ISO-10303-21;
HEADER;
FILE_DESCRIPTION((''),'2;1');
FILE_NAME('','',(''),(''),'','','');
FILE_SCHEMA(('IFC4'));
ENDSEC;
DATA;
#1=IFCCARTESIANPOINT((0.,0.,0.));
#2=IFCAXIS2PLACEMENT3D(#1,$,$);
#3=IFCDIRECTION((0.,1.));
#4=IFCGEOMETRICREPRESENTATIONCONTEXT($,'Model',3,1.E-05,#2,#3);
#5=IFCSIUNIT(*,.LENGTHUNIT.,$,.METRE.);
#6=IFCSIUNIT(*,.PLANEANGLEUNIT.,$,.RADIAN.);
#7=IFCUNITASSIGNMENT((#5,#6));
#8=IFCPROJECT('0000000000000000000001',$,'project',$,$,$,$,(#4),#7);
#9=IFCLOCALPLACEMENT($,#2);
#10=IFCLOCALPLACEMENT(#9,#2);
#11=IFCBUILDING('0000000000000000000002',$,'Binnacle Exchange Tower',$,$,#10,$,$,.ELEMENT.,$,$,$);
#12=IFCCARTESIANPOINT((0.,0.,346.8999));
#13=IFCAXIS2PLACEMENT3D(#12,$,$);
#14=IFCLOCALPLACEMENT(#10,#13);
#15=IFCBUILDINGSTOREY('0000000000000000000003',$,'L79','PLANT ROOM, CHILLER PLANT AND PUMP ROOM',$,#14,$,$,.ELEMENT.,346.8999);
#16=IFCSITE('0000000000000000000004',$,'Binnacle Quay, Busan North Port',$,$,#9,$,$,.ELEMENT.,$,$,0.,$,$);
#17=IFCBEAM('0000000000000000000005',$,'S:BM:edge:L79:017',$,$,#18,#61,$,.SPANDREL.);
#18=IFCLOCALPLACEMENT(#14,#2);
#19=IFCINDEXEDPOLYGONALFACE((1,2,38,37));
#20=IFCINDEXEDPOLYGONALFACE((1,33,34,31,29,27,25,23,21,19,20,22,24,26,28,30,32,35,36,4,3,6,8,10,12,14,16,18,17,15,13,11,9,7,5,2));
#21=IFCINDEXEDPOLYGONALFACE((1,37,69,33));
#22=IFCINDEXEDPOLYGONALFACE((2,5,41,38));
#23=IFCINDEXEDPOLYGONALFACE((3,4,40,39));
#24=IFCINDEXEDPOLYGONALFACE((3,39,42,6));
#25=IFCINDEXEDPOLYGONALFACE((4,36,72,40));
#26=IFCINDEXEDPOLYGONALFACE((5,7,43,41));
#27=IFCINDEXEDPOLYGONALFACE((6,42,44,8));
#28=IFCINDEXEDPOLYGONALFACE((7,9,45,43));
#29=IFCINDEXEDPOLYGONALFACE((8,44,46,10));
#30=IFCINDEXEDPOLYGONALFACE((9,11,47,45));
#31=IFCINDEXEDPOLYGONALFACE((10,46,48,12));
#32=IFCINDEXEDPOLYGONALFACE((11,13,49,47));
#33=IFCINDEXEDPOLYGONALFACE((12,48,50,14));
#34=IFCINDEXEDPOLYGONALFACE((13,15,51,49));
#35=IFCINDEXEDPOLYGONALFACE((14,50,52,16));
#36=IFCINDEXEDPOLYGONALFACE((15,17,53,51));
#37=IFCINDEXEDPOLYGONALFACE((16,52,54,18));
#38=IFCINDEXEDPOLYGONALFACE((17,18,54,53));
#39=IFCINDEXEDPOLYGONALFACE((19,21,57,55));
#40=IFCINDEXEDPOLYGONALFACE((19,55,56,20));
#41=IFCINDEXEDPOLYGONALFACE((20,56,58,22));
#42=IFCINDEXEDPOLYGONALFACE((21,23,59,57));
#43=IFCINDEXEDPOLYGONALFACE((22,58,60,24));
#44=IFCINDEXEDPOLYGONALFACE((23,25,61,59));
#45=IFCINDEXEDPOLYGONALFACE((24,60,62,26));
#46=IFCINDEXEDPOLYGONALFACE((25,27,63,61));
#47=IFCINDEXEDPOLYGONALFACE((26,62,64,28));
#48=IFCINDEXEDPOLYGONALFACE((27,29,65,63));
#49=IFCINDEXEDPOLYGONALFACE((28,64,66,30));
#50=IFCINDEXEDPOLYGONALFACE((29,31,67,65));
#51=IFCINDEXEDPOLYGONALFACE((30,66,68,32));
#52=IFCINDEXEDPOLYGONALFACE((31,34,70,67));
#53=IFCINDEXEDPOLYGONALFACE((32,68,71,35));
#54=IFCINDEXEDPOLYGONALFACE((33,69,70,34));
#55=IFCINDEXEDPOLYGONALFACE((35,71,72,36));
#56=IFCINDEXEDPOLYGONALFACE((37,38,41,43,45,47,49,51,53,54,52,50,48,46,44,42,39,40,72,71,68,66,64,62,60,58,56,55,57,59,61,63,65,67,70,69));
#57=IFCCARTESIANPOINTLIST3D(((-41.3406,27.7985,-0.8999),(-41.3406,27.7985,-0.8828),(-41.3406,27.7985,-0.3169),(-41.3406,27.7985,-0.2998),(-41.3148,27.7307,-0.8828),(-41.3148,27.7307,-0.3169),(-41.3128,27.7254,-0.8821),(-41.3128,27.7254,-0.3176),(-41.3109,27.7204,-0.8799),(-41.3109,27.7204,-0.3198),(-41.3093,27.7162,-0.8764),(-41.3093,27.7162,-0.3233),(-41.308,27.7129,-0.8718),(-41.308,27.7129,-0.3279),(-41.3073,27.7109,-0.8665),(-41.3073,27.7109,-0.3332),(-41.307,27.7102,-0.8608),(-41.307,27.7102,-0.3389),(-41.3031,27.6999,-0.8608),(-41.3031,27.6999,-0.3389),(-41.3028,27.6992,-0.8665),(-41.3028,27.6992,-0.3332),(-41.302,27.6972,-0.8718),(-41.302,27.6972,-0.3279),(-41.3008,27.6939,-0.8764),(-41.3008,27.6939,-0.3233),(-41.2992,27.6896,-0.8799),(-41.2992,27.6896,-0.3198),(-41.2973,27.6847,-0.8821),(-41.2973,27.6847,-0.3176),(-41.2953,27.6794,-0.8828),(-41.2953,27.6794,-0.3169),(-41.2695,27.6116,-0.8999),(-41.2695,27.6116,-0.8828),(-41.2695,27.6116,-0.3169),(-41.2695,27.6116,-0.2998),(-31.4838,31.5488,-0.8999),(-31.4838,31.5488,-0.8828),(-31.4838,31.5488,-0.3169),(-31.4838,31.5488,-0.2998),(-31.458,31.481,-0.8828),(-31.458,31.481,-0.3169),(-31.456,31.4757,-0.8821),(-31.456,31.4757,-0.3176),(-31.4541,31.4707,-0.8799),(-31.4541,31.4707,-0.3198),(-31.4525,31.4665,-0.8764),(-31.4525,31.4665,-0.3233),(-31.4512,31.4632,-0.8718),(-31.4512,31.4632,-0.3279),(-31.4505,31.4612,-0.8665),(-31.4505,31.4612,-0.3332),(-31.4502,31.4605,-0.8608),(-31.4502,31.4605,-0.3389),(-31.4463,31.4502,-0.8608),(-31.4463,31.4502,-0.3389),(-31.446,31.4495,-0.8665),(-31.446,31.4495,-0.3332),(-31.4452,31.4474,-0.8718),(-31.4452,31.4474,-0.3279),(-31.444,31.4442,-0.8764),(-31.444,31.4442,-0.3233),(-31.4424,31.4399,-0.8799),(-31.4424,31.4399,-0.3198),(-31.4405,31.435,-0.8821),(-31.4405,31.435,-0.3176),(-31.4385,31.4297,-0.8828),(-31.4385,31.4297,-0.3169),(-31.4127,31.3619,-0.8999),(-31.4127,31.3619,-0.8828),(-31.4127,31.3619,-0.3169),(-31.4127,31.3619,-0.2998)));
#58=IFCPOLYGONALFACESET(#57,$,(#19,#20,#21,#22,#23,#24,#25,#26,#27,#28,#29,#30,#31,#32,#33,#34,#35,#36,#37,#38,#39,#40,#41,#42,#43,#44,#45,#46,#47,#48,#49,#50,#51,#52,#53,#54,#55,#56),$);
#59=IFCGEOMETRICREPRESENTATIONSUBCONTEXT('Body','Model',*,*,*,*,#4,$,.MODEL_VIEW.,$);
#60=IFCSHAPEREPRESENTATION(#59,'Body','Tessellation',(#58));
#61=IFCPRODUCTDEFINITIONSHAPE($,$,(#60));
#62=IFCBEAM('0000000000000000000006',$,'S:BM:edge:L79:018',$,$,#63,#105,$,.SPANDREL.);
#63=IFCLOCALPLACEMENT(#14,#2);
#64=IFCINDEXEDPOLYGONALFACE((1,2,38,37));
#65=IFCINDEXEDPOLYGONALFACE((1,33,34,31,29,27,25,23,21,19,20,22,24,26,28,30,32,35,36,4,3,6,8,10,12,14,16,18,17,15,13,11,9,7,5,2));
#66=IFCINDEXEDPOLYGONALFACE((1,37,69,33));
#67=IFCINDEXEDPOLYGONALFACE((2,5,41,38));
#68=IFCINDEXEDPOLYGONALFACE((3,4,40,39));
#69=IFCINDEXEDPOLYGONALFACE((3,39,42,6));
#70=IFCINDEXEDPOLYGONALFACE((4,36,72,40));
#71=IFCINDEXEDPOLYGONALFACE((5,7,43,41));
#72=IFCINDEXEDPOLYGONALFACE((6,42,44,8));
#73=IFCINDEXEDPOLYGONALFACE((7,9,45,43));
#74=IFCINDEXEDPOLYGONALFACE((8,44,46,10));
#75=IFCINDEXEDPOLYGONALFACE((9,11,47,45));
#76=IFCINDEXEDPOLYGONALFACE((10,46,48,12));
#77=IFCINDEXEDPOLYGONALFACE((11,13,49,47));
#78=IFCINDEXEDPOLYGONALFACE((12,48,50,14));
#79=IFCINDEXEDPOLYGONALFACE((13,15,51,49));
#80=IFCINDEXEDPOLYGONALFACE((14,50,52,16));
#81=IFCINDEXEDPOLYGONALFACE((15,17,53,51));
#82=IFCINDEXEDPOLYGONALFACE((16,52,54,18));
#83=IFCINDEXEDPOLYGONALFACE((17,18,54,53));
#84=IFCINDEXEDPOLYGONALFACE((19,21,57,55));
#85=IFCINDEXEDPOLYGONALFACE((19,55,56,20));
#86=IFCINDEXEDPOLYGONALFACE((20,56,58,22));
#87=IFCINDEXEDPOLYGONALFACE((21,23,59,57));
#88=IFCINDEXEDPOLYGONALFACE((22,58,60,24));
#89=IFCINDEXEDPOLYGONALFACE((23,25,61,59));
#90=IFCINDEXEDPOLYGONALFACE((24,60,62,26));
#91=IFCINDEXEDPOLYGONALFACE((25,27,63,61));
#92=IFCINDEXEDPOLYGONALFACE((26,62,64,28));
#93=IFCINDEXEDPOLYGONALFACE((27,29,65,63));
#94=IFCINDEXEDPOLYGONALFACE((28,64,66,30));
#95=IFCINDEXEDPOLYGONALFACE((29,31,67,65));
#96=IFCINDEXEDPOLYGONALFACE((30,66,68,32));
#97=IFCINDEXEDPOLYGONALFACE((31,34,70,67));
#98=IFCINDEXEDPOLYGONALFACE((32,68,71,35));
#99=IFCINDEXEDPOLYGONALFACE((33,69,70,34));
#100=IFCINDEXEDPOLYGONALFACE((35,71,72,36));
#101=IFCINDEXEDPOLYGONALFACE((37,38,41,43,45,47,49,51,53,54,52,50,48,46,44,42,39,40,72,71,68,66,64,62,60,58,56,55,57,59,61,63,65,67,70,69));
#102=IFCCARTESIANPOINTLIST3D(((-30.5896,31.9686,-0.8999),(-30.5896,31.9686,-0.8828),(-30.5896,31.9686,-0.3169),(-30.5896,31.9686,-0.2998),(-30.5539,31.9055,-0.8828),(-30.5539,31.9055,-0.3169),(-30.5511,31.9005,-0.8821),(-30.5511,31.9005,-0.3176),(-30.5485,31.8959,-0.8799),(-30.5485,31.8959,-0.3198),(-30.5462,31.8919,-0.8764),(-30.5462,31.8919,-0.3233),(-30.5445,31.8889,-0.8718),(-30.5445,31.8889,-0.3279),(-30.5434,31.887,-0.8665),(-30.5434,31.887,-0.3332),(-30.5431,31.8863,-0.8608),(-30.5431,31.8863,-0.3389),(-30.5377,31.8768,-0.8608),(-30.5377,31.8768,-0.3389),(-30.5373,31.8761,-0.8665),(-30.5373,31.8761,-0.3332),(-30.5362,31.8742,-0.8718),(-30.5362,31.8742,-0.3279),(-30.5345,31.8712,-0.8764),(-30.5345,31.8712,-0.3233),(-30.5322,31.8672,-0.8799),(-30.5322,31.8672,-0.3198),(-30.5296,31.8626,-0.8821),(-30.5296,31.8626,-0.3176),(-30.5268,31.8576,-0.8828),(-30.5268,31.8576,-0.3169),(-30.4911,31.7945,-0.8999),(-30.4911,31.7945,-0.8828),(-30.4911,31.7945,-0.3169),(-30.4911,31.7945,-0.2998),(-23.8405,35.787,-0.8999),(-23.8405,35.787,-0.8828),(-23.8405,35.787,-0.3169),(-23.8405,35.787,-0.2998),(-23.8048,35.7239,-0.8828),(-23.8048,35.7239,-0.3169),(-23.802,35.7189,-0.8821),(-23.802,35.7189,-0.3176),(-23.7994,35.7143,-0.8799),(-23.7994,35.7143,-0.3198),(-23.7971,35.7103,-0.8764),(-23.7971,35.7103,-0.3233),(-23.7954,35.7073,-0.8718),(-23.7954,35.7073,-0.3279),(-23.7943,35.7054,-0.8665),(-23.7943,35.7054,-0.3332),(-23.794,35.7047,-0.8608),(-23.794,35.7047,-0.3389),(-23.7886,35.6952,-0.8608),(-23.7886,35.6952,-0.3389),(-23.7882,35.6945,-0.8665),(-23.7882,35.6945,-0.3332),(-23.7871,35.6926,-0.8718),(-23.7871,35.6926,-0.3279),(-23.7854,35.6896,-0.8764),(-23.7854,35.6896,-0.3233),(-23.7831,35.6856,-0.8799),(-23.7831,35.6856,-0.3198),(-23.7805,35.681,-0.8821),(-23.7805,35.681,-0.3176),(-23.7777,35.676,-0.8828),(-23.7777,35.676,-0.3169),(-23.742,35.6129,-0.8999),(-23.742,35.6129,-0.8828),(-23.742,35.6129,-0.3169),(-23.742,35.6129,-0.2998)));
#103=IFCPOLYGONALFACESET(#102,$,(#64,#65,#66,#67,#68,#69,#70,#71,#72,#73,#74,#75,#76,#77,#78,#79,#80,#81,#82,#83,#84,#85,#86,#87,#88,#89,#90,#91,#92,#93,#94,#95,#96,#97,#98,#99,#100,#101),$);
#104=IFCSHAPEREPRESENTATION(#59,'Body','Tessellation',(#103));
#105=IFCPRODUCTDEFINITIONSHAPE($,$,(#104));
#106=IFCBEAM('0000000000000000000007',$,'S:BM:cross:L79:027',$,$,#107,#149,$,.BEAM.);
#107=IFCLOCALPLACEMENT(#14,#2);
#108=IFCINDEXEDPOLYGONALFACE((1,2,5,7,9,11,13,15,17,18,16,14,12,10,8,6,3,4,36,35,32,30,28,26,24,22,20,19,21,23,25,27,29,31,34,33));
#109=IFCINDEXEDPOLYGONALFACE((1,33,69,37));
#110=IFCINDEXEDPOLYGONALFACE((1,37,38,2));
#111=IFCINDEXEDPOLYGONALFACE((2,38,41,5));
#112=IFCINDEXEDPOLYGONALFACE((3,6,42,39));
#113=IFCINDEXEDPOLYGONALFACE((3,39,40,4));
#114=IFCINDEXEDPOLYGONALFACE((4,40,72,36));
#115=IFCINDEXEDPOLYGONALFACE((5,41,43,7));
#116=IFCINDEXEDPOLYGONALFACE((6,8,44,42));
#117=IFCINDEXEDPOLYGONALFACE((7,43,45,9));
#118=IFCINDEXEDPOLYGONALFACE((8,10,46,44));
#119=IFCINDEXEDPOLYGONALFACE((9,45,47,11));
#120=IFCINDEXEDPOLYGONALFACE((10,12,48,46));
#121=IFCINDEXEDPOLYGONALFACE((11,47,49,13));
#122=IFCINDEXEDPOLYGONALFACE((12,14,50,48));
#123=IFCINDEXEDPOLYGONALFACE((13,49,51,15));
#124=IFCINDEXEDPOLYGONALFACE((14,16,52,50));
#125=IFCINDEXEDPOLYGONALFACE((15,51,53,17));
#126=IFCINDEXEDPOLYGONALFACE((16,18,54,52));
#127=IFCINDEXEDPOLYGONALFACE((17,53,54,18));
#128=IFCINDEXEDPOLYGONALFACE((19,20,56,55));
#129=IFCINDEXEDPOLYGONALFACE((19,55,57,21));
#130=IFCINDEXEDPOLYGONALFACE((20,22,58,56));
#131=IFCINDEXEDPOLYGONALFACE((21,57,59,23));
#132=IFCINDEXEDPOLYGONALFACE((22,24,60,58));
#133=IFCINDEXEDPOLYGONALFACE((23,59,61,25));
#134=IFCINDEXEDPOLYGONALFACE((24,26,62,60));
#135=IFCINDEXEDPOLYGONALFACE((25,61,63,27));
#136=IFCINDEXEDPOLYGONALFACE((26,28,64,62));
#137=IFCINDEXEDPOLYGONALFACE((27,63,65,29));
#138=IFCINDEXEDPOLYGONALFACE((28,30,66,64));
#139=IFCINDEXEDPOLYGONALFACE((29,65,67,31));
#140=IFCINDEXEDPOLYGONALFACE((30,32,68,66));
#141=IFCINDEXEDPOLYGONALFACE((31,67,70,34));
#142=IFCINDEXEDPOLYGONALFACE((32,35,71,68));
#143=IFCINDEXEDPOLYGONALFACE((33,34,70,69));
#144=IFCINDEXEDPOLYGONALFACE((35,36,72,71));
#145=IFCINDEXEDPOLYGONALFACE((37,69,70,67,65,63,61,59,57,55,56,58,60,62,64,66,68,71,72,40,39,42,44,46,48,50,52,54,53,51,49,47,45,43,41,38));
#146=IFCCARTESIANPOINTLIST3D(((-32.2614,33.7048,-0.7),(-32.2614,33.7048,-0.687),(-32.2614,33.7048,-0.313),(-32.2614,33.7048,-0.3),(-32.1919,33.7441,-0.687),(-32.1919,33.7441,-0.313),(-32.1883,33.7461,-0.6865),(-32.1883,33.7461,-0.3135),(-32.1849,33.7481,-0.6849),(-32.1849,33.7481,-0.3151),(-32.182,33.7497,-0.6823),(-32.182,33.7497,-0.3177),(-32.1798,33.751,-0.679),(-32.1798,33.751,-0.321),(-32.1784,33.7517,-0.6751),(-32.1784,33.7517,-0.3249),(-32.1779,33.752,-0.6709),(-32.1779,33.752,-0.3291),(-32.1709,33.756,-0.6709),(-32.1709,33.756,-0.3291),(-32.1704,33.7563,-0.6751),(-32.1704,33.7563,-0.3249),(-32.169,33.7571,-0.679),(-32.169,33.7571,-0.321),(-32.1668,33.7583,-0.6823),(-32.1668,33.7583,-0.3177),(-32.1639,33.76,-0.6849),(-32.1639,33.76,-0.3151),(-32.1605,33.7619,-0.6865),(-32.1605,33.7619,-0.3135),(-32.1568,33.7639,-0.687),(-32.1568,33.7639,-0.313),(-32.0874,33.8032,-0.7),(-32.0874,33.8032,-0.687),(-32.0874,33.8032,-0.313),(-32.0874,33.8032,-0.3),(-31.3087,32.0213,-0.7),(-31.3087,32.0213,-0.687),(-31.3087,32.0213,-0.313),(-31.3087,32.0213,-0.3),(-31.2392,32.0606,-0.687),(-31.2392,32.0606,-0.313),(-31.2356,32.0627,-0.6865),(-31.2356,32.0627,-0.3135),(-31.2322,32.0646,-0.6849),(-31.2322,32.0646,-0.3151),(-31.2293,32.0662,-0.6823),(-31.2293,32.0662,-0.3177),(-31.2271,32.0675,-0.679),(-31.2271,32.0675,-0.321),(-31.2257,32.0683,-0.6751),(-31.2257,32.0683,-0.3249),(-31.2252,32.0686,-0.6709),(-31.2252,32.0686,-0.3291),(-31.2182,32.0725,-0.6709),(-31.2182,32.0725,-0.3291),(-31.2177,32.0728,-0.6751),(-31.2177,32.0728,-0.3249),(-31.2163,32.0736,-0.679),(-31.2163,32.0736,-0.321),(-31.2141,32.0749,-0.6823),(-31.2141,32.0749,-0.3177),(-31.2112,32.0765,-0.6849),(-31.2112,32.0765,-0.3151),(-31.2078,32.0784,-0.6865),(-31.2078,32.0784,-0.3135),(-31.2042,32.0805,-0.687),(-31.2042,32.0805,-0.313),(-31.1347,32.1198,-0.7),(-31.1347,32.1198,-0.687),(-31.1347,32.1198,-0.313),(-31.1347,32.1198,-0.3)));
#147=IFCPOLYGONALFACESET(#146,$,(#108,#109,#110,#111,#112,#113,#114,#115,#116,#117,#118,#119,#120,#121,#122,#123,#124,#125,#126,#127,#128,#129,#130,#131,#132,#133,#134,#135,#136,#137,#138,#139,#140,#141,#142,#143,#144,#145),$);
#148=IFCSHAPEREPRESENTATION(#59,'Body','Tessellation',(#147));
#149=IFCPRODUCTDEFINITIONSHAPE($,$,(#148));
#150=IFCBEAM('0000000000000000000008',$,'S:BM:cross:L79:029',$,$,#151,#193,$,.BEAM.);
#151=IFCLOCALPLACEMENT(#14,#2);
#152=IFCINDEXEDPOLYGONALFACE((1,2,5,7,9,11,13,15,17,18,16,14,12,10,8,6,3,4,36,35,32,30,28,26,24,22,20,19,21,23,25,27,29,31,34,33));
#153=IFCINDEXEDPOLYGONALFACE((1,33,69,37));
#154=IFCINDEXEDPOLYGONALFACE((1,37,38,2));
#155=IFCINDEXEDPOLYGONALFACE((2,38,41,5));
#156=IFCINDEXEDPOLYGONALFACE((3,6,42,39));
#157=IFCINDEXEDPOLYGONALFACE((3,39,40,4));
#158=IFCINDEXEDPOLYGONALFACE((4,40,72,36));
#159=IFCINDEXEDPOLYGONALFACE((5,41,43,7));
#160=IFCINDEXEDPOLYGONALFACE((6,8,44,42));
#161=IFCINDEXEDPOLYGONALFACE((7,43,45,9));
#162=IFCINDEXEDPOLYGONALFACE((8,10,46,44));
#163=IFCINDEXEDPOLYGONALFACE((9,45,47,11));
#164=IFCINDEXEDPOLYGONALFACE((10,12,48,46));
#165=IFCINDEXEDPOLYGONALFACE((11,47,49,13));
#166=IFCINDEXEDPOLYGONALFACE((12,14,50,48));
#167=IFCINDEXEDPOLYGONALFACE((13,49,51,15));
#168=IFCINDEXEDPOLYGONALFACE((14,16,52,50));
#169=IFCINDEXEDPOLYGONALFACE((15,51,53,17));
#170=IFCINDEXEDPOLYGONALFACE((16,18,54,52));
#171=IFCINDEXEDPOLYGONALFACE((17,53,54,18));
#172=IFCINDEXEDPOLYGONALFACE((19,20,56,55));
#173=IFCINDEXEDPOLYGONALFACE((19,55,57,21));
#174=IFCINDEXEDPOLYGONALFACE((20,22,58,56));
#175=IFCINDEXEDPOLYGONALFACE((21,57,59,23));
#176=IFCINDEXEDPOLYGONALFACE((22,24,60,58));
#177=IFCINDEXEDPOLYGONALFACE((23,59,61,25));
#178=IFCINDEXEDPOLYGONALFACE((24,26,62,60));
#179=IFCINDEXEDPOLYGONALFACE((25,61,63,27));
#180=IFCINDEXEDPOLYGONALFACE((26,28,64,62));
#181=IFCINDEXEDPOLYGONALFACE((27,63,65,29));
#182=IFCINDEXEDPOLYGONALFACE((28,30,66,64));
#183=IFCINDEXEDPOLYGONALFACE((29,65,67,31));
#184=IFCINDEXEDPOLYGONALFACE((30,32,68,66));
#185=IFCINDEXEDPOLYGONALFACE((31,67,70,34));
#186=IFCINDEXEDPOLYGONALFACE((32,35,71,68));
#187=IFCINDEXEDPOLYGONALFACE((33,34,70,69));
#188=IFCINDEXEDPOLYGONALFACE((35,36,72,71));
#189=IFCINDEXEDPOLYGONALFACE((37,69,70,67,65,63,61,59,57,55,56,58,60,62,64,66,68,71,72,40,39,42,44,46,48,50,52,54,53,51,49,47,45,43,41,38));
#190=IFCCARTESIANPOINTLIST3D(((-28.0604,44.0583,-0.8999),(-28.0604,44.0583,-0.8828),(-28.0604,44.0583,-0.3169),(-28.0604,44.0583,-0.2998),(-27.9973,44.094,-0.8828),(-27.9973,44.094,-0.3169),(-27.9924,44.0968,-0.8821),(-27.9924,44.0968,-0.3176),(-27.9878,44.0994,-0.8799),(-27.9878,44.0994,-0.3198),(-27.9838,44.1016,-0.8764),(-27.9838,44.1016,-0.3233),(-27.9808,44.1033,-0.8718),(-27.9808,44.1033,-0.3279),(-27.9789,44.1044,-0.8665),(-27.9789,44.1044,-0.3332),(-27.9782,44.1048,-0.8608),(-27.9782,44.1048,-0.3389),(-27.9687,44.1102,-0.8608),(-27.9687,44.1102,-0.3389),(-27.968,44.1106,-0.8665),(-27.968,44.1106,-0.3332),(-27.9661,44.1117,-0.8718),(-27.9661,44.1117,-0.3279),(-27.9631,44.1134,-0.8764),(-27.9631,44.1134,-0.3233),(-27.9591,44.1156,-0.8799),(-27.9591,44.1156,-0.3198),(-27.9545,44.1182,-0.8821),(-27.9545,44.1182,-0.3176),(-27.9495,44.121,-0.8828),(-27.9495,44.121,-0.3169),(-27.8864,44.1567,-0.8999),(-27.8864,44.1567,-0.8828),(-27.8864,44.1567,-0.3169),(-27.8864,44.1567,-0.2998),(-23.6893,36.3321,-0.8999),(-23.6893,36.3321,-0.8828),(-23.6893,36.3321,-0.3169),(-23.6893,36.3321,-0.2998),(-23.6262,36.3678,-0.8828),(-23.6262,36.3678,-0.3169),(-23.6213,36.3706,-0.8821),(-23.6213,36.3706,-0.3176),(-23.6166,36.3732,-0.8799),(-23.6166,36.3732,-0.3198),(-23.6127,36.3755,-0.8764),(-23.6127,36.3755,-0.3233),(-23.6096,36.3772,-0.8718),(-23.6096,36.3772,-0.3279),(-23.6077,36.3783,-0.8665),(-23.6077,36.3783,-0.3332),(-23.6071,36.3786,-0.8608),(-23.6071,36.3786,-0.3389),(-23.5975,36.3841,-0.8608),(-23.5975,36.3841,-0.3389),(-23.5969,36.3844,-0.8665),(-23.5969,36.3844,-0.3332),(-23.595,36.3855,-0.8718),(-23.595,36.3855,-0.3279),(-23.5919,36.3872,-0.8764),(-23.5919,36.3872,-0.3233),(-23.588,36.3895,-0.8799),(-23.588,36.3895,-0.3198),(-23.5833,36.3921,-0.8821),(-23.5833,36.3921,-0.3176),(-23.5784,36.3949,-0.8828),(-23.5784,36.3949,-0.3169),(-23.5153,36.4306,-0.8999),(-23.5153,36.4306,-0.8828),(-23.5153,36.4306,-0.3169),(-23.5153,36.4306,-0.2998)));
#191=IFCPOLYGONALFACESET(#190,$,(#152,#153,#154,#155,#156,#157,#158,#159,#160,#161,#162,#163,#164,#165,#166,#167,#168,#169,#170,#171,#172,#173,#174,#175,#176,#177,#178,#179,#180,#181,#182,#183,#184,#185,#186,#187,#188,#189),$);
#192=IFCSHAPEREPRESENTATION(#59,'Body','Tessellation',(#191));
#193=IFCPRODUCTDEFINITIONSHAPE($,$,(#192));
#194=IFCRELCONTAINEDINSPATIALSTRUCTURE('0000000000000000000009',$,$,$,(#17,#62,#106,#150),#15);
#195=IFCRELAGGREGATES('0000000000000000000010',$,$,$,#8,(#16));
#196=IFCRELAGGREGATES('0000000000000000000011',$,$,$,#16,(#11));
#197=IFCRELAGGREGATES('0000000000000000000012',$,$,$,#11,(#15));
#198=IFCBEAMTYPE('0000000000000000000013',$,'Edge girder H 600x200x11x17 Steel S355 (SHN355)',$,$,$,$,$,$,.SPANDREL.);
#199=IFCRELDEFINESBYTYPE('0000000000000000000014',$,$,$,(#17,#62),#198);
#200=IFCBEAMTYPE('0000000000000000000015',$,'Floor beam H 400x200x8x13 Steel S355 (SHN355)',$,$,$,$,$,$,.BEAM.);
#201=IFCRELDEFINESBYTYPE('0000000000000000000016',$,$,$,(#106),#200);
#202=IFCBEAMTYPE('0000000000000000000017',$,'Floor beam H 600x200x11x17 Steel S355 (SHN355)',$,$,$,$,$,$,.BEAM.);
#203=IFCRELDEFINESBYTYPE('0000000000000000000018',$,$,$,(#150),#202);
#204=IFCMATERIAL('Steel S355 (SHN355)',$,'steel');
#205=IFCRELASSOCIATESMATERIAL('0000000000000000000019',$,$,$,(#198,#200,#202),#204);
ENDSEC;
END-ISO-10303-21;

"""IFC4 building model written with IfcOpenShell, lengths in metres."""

from ifc_helpers import new_model, si_unit, direction, frame, origin, origin_2d, place, context, subcontext, project, spatial, i_section, extrude, material, material_profile, profile_set, type_object, element, save


model = new_model("IFC4")

# Units and contexts
model_context = context("Model", 3, precision=1e-05, world=origin(), true_north=direction((0.0, 1.0)))
body_context = subcontext(model_context, "Body", "Model", "MODEL_VIEW")
ifc_project = project(units=[si_unit("LENGTHUNIT", "METRE"), si_unit("PLANEANGLEUNIT", "RADIAN")], contexts=[model_context])

# Site, building, storey
site_placement = place(None, origin())
site = spatial("IfcSite", under=ifc_project, at=site_placement, Name="Binnacle Quay, Busan North Port", CompositionType="ELEMENT", RefElevation=0.0)
building_placement = place(site_placement, origin())
building = spatial("IfcBuilding", under=site, at=building_placement, Name="Binnacle Exchange Tower", CompositionType="ELEMENT")
storey_placement = place(building_placement, frame((0.0, 0.0, 346.8999)))
storey = spatial("IfcBuildingStorey", under=building, at=storey_placement, Name="L79", Description="PLANT ROOM, CHILLER PLANT AND PUMP ROOM", CompositionType="ELEMENT", Elevation=346.8999)

# Shared definitions
ifc_material_1 = material(Name="Steel S355 (SHN355)", Category="steel")

# Beams
ifc_material_profile_1 = material_profile(ifc_material_1, i_section(OverallWidth=0.2, OverallDepth=0.6001, WebThickness=0.011, FlangeThickness=0.0171, FilletRadius=0.022, at=origin_2d()), Name="H 600x200x11x17")
ifc_profile_set_1 = profile_set([ifc_material_profile_1], Name="Steel S355 (SHN355)")
beam_type_1 = type_object("IfcBeamType", Name="Edge girder H 600x200x11x17 Steel S355 (SHN355)", PredefinedType="SPANDREL", material=ifc_profile_set_1)
beam_1_placement = place(storey_placement, frame((-31.4482, 31.4553, -0.5999), z_axis=(-0.934635, -0.355607, 0.0), x_axis=(0.355607, -0.934635, 0.0)))
element("IfcBeam", 1, at=beam_1_placement, inside=storey, type_object=beam_type_1, Name="S:BM:edge:L79:017", PredefinedType="SPANDREL", context=body_context, shape_type="SweptSolid", body=[
    extrude(i_section(OverallWidth=0.2, OverallDepth=0.6001, WebThickness=0.011, FlangeThickness=0.0171, FilletRadius=0.022, at=origin_2d()), origin(), (0.0, 0.0, 1.0), 10.5461),
])
beam_2_placement = place(storey_placement, frame((-23.7913, 35.7, -0.5999), z_axis=(-0.870359, -0.492418, 0.0), x_axis=(0.492418, -0.870359, 0.0)))
element("IfcBeam", 2, at=beam_2_placement, inside=storey, type_object=beam_type_1, Name="S:BM:edge:L79:018", PredefinedType="SPANDREL", context=body_context, shape_type="SweptSolid", body=[
    extrude(i_section(OverallWidth=0.2, OverallDepth=0.6001, WebThickness=0.011, FlangeThickness=0.0171, FilletRadius=0.022, at=origin_2d()), origin(), (0.0, 0.0, 1.0), 7.7544),
])
ifc_material_profile_2 = material_profile(ifc_material_1, i_section(OverallWidth=0.2, OverallDepth=0.3999, WebThickness=0.0081, FlangeThickness=0.0129, FilletRadius=0.0161, at=origin_2d()), Name="H 400x200x8x13")
ifc_profile_set_2 = profile_set([ifc_material_profile_2], Name="Steel S355 (SHN355)")
beam_type_2 = type_object("IfcBeamType", Name="Floor beam H 400x200x8x13 Steel S355 (SHN355)", PredefinedType="BEAM", material=ifc_profile_set_2)
beam_3_placement = place(storey_placement, frame((-31.2217, 32.0706, -0.5), z_axis=(-0.492519, 0.870302, 0.0), x_axis=(-0.870302, -0.492519, 0.0)))
element("IfcBeam", 3, at=beam_3_placement, inside=storey, type_object=beam_type_2, Name="S:BM:cross:L79:027", PredefinedType="BEAM", context=body_context, shape_type="SweptSolid", body=[
    extrude(i_section(OverallWidth=0.2, OverallDepth=0.3999, WebThickness=0.0081, FlangeThickness=0.0129, FilletRadius=0.0161, at=origin_2d()), origin(), (0.0, 0.0, 1.0), 1.9343),
])
ifc_material_profile_3 = material_profile(ifc_material_1, i_section(OverallWidth=0.2, OverallDepth=0.6001, WebThickness=0.011, FlangeThickness=0.0171, FilletRadius=0.022, at=origin_2d()), Name="H 600x200x11x17")
ifc_profile_set_3 = profile_set([ifc_material_profile_3], Name="Steel S355 (SHN355)")
beam_type_3 = type_object("IfcBeamType", Name="Floor beam H 600x200x11x17 Steel S355 (SHN355)", PredefinedType="BEAM", material=ifc_profile_set_3)
beam_4_placement = place(storey_placement, frame((-23.6023, 36.3813, -0.5999), z_axis=(-0.492414, 0.870361, 0.0), x_axis=(-0.870361, -0.492414, 0.0)))
element("IfcBeam", 4, at=beam_4_placement, inside=storey, type_object=beam_type_3, Name="S:BM:cross:L79:029", PredefinedType="BEAM", context=body_context, shape_type="SweptSolid", body=[
    extrude(i_section(OverallWidth=0.2, OverallDepth=0.6001, WebThickness=0.011, FlangeThickness=0.0171, FilletRadius=0.022, at=origin_2d()), origin(), (0.0, 0.0, 1.0), 8.877),
])

save(model, "model.ifc")
